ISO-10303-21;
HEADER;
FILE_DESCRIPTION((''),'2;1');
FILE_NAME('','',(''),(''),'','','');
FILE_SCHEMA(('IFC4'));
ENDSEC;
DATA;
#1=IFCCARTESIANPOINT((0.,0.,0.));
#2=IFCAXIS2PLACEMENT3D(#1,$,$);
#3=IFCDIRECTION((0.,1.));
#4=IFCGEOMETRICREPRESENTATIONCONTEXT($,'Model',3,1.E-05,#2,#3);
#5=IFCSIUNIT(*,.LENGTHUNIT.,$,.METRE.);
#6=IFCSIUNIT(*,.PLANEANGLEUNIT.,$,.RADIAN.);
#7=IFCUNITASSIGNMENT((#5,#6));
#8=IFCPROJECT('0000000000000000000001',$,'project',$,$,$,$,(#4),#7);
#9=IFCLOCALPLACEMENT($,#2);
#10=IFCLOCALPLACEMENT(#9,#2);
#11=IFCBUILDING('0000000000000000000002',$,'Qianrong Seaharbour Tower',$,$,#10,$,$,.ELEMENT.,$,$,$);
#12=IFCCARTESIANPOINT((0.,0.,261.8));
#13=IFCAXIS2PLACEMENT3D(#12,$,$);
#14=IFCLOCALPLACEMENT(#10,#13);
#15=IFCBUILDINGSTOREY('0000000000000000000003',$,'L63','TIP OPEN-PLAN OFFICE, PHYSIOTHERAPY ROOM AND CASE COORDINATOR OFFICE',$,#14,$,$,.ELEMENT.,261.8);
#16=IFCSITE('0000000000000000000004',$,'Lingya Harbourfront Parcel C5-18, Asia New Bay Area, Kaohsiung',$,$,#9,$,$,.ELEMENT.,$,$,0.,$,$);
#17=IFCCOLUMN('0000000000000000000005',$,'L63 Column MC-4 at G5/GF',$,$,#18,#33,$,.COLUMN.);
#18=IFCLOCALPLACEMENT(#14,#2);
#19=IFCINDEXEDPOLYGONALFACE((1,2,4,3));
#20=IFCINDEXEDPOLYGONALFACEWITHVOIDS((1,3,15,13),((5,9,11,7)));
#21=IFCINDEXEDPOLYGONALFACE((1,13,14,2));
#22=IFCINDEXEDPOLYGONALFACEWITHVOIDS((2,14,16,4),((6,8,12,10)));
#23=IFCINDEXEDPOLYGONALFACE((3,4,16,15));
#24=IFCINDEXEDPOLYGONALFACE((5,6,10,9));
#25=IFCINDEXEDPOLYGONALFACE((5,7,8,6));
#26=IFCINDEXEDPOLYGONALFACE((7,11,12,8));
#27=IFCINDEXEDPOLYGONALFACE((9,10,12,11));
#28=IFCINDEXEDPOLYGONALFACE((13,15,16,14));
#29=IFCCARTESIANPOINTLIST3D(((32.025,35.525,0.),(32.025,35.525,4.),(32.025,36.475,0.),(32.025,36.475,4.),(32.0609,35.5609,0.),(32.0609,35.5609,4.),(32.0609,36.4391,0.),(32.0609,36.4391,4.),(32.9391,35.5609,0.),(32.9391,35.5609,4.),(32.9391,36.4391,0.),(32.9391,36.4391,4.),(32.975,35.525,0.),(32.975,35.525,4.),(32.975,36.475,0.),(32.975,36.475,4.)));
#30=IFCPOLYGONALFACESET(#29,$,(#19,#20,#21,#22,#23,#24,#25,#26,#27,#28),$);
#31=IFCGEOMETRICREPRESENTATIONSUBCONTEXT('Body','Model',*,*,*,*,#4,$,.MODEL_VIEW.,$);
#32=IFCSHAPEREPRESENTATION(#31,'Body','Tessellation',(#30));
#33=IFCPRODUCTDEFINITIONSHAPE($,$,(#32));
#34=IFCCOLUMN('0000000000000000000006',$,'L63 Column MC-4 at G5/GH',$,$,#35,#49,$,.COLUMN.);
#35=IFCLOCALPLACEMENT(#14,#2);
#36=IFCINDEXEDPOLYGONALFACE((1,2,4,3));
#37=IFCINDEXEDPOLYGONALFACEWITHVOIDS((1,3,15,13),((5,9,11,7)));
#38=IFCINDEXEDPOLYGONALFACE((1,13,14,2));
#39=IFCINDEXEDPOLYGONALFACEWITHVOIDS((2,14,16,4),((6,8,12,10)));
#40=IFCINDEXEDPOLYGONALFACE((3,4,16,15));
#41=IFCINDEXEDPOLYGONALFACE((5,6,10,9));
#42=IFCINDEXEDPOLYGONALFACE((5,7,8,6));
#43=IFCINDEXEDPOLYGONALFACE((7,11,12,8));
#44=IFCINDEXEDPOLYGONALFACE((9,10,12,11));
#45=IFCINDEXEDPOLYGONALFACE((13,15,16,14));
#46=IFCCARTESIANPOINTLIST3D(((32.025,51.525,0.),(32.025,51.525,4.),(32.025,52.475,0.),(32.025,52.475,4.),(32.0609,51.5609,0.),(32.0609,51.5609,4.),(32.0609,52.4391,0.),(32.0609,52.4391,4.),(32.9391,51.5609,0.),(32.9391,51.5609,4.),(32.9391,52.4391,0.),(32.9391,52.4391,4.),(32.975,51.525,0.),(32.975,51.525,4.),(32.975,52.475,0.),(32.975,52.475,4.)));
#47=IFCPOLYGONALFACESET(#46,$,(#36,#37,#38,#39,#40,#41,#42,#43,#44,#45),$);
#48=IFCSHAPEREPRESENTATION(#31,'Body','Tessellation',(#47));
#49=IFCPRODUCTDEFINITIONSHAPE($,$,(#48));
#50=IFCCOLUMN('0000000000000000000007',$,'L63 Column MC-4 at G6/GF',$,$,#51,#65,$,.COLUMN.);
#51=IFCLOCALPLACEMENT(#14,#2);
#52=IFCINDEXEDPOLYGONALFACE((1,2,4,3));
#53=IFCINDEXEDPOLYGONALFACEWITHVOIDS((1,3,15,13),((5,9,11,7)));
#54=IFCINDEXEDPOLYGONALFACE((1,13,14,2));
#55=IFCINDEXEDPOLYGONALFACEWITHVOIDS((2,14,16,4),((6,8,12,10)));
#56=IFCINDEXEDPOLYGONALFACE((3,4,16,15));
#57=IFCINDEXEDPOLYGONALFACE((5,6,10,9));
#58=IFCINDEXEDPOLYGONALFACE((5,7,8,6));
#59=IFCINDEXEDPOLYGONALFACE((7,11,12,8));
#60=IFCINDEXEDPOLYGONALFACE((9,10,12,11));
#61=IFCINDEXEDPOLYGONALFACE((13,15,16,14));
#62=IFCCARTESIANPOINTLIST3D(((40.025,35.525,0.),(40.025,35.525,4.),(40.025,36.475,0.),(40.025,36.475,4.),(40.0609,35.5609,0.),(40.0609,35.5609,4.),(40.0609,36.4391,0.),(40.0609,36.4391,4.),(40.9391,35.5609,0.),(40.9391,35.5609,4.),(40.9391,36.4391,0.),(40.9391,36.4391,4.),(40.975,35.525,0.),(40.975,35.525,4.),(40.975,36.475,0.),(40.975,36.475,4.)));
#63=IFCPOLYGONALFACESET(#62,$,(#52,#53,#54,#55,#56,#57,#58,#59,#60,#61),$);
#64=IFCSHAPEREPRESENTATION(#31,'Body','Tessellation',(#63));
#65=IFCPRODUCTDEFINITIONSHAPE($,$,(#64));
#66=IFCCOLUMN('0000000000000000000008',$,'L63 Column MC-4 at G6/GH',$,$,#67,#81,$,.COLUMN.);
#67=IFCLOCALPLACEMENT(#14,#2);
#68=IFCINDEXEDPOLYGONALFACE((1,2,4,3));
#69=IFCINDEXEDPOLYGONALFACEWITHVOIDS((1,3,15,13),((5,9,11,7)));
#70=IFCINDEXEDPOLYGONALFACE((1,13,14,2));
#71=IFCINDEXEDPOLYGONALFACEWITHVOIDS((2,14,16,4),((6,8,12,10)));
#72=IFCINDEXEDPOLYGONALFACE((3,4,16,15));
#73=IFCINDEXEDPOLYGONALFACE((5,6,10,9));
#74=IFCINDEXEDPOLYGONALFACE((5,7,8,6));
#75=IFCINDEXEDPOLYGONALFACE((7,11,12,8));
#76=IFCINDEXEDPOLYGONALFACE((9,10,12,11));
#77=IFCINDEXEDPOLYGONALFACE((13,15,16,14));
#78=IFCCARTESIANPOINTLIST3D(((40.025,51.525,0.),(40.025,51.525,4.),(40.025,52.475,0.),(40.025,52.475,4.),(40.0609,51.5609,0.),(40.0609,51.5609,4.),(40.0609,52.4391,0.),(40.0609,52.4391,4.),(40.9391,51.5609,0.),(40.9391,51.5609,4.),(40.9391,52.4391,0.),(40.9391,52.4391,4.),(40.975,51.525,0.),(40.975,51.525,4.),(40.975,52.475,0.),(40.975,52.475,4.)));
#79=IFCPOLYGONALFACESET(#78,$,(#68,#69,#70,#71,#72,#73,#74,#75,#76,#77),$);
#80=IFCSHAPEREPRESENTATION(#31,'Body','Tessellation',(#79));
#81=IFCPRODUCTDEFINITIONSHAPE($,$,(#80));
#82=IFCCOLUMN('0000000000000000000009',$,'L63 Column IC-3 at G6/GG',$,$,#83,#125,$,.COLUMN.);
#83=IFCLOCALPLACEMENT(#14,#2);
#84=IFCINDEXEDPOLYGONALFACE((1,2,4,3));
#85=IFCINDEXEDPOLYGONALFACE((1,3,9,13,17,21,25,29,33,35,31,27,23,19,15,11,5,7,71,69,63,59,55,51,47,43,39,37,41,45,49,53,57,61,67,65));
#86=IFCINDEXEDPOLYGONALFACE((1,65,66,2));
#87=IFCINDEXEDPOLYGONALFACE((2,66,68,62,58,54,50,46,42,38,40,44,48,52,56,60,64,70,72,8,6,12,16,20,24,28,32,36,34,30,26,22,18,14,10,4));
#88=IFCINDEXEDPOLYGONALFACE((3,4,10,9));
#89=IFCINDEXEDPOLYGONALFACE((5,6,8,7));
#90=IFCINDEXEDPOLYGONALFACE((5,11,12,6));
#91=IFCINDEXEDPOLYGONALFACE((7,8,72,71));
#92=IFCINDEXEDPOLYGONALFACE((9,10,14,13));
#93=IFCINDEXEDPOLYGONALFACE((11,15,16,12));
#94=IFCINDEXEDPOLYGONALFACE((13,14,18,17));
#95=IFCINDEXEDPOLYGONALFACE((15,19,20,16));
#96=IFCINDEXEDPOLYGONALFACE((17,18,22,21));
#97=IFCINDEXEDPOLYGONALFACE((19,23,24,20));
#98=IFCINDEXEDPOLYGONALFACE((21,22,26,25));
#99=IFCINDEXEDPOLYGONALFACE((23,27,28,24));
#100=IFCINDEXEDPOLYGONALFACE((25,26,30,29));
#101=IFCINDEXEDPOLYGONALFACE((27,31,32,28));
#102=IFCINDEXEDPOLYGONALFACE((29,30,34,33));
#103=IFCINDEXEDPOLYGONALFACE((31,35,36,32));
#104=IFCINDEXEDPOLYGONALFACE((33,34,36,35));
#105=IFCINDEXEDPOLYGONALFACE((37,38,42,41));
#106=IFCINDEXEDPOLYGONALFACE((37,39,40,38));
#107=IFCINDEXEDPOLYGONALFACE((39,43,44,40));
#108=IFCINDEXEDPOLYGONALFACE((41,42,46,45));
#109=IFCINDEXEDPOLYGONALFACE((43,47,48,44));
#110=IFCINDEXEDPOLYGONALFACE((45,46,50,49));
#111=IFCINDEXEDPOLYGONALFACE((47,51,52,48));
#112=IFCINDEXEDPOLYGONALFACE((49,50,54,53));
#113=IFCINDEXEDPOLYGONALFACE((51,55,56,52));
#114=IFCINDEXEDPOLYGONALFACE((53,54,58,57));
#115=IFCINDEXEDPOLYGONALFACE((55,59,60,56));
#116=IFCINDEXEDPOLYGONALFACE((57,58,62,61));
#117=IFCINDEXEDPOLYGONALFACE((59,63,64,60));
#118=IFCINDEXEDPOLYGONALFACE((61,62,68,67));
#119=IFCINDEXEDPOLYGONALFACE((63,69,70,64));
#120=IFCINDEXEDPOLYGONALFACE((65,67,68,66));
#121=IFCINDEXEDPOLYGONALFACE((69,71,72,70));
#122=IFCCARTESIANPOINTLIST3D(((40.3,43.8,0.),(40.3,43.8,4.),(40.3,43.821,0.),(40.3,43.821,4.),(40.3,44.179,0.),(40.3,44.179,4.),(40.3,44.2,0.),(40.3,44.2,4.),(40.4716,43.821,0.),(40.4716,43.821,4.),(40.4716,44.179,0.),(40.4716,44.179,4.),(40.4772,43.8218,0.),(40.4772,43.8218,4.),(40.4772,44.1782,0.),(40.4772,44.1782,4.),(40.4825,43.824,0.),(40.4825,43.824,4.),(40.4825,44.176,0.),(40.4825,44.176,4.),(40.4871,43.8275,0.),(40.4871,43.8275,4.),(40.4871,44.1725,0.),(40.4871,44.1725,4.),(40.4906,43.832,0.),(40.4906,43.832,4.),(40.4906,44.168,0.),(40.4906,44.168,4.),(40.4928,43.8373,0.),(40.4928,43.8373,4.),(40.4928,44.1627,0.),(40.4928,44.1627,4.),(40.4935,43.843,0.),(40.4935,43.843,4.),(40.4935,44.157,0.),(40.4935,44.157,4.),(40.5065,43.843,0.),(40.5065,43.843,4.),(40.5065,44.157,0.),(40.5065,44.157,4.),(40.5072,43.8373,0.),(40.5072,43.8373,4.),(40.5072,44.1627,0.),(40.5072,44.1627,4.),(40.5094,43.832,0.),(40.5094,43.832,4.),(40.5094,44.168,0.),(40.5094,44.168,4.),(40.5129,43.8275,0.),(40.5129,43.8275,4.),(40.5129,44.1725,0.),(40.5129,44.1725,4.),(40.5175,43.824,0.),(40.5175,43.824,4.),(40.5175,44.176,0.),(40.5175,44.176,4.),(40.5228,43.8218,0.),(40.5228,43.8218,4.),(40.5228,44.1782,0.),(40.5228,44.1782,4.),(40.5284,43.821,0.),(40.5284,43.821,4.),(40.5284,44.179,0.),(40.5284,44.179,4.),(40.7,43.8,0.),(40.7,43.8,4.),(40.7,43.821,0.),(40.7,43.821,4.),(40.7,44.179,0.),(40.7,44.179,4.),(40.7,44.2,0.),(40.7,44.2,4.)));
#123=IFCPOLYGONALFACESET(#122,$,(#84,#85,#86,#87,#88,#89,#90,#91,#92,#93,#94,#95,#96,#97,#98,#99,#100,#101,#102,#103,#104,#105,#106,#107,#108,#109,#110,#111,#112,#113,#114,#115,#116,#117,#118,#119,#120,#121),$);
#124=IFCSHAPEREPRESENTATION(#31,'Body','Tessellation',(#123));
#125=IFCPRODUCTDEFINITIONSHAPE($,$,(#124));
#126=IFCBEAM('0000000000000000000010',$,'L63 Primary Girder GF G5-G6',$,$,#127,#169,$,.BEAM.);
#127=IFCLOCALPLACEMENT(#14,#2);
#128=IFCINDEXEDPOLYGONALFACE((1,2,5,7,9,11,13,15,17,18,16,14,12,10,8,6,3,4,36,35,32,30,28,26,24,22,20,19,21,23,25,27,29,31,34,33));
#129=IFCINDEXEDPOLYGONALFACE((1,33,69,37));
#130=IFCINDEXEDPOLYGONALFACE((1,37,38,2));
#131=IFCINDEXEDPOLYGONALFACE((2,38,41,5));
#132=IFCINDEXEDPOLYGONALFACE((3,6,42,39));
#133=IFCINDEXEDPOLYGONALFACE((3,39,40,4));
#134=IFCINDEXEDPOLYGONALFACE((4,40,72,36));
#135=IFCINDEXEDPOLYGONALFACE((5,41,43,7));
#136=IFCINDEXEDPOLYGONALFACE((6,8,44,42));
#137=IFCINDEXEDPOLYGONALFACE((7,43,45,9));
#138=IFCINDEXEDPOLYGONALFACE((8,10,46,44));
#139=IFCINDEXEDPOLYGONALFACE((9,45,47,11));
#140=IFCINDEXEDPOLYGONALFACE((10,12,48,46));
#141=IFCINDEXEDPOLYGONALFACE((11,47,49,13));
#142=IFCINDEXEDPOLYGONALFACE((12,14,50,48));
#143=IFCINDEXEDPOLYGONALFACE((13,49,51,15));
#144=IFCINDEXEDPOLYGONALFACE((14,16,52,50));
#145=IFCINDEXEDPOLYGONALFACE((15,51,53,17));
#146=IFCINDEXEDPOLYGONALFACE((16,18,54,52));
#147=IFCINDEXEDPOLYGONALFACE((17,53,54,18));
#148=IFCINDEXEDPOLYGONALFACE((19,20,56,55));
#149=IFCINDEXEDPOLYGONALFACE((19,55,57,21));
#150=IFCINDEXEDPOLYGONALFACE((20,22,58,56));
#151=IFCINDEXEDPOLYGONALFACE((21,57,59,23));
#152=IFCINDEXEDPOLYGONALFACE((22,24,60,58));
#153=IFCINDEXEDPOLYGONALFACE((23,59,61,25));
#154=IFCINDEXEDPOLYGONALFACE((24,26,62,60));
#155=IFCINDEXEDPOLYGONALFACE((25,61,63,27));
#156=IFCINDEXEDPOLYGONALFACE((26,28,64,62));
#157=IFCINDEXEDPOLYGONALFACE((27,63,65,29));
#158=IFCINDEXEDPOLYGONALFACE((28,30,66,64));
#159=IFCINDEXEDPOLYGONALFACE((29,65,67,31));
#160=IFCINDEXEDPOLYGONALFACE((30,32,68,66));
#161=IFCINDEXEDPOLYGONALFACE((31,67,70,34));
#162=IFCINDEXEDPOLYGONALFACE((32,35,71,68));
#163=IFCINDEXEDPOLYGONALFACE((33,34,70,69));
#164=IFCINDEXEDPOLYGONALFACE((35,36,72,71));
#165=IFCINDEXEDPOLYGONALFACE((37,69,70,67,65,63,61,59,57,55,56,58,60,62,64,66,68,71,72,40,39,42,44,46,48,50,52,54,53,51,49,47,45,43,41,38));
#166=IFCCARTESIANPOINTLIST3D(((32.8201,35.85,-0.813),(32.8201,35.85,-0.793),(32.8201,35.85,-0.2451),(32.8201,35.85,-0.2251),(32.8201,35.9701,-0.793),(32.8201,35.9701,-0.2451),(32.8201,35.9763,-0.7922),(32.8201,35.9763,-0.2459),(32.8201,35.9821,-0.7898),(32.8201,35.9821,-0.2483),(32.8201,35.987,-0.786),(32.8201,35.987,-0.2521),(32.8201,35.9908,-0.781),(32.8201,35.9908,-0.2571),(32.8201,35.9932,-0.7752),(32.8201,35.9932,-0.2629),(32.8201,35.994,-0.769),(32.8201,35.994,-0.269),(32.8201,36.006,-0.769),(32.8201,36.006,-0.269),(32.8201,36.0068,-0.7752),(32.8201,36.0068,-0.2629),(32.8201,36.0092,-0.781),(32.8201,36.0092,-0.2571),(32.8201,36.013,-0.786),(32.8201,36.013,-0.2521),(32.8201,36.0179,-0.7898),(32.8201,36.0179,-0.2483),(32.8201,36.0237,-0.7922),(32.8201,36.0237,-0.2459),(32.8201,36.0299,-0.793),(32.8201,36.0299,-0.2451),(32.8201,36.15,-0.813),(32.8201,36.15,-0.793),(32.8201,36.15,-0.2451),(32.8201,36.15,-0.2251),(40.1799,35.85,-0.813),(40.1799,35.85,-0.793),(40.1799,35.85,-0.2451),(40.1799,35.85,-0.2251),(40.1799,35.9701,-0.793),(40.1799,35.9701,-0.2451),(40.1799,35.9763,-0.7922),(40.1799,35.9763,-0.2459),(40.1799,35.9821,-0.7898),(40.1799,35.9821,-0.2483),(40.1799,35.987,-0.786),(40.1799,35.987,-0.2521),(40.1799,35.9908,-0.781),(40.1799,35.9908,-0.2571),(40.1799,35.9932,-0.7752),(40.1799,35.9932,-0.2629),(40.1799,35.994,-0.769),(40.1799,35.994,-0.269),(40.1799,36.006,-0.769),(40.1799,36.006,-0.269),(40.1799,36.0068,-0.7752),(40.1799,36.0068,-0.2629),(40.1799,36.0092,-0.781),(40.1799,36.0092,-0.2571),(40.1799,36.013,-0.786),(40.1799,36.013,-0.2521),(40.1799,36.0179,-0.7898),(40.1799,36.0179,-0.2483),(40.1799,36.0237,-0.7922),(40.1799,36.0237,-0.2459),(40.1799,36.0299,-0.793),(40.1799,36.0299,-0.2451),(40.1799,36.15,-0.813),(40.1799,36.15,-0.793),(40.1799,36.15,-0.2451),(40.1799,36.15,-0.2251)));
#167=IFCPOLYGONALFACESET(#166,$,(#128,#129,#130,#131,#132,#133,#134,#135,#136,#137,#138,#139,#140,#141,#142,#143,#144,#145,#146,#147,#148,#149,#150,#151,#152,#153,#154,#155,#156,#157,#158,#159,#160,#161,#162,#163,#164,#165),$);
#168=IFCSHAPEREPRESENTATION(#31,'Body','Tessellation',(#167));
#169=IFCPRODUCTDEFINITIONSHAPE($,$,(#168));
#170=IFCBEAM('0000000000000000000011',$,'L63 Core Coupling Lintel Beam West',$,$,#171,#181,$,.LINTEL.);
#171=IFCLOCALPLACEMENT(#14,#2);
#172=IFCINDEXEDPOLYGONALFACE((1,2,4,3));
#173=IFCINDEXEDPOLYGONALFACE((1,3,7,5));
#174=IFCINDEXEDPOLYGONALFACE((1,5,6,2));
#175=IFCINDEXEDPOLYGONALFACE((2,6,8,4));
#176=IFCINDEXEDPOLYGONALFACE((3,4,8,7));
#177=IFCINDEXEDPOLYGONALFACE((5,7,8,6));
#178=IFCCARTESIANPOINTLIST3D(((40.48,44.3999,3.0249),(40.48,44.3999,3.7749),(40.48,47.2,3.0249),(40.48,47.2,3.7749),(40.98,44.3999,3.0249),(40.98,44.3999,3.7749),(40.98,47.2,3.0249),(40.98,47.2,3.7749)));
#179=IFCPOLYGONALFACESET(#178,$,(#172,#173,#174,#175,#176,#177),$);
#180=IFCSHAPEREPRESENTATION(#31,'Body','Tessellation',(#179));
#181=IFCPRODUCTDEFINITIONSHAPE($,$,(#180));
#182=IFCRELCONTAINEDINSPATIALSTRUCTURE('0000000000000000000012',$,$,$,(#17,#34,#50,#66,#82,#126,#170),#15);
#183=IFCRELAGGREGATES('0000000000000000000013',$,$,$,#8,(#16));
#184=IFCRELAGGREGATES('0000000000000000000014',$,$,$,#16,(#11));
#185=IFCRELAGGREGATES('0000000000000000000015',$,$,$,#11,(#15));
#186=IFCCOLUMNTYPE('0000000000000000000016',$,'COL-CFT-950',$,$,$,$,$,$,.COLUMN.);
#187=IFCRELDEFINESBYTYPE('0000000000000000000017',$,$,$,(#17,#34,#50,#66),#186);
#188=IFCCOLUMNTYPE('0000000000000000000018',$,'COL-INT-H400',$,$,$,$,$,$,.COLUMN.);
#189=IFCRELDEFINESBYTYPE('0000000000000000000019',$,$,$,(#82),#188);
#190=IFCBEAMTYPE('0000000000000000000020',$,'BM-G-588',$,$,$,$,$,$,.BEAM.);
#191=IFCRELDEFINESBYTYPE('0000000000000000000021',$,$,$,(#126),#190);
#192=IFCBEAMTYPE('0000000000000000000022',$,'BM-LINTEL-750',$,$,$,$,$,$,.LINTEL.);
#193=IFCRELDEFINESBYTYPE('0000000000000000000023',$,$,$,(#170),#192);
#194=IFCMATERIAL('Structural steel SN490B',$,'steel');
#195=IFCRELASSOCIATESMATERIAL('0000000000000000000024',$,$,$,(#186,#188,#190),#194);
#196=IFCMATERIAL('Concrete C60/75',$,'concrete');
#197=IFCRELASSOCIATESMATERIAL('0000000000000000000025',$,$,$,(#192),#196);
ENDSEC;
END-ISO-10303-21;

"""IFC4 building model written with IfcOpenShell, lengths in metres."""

from ifc_helpers import new_model, si_unit, direction, frame, origin, origin_2d, place, context, subcontext, project, spatial, rectangle, hollow_rectangle, i_section, extrude, material, material_profile, profile_set, type_object, element, save


model = new_model("IFC4")

# Units and contexts
model_context = context("Model", 3, precision=1e-05, world=origin(), true_north=direction((0.0, 1.0)))
body_context = subcontext(model_context, "Body", "Model", "MODEL_VIEW")
ifc_project = project(units=[si_unit("LENGTHUNIT", "METRE"), si_unit("PLANEANGLEUNIT", "RADIAN")], contexts=[model_context])

# Site, building, storey
site_placement = place(None, origin())
site = spatial("IfcSite", under=ifc_project, at=site_placement, Name="Lingya Harbourfront Parcel C5-18, Asia New Bay Area, Kaohsiung", CompositionType="ELEMENT", RefElevation=0.0)
building_placement = place(site_placement, origin())
building = spatial("IfcBuilding", under=site, at=building_placement, Name="Qianrong Seaharbour Tower", CompositionType="ELEMENT")
storey_placement = place(building_placement, frame((0.0, 0.0, 261.8)))
storey = spatial("IfcBuildingStorey", under=building, at=storey_placement, Name="L63", Description="TIP OPEN-PLAN OFFICE, PHYSIOTHERAPY ROOM AND CASE COORDINATOR OFFICE", CompositionType="ELEMENT", Elevation=261.8)

# Columns
ifc_material_1 = material(Name="Structural steel SN490B", Category="steel")
ifc_material_profile_1 = material_profile(ifc_material_1, hollow_rectangle(XDim=0.95, YDim=0.95, WallThickness=0.0359, at=origin_2d()), Name="BOX950x950x36")
ifc_profile_set_1 = profile_set([ifc_material_profile_1], Name="Structural steel SN490B")
column_type_1 = type_object("IfcColumnType", Name="COL-CFT-950", PredefinedType="COLUMN", material=ifc_profile_set_1)
for number, where, z_axis, x_axis, name in (
    (1, (32.5, 36.0, 0.0), (0.0, 0.0, 1.0), (1.0, 0.0, 0.0), "L63 Column MC-4 at G5/GF"),
    (2, (32.5, 52.0, 0.0), (0.0, 0.0, 1.0), (1.0, 0.0, 0.0), "L63 Column MC-4 at G5/GH"),
    (3, (40.5, 36.0, 0.0), (0.0, 0.0, 1.0), (1.0, 0.0, 0.0), "L63 Column MC-4 at G6/GF"),
    (4, (40.5, 52.0, 0.0), (0.0, 0.0, 1.0), (1.0, 0.0, 0.0), "L63 Column MC-4 at G6/GH"),
):
    element("IfcColumn", number, at=place(storey_placement, frame(where, z_axis=z_axis, x_axis=x_axis)), inside=storey, type_object=column_type_1, Name=name, PredefinedType="COLUMN", context=body_context, shape_type="SweptSolid", body=[
        extrude(hollow_rectangle(XDim=0.95, YDim=0.95, WallThickness=0.0359, at=origin_2d()), origin(), (0.0, 0.0, 1.0), 4.0),
    ])
ifc_material_profile_2 = material_profile(ifc_material_1, i_section(OverallWidth=0.3999, OverallDepth=0.3999, WebThickness=0.0129, FlangeThickness=0.021, FilletRadius=0.022, at=origin_2d()), Name="H400x400x13x21")
ifc_profile_set_2 = profile_set([ifc_material_profile_2], Name="Structural steel SN490B")
column_type_2 = type_object("IfcColumnType", Name="COL-INT-H400", PredefinedType="COLUMN", material=ifc_profile_set_2)
column_placement = place(storey_placement, frame((40.5, 44.0, 0.0), z_axis=(0.0, 0.0, 1.0), x_axis=(1.0, 0.0, 0.0)))
element("IfcColumn", 5, at=column_placement, inside=storey, type_object=column_type_2, Name="L63 Column IC-3 at G6/GG", PredefinedType="COLUMN", context=body_context, shape_type="SweptSolid", body=[
    extrude(i_section(OverallWidth=0.3999, OverallDepth=0.3999, WebThickness=0.0129, FlangeThickness=0.021, FilletRadius=0.022, at=origin_2d()), origin(), (0.0, 0.0, 1.0), 4.0),
])

# Beams
ifc_material_profile_3 = material_profile(ifc_material_1, i_section(OverallWidth=0.3, OverallDepth=0.5879, WebThickness=0.012, FlangeThickness=0.02, FilletRadius=0.0239, at=origin_2d()), Name="H588x300x12x20")
ifc_profile_set_3 = profile_set([ifc_material_profile_3], Name="Structural steel SN490B")
beam_type_1 = type_object("IfcBeamType", Name="BM-G-588", PredefinedType="BEAM", material=ifc_profile_set_3)
beam_1_placement = place(storey_placement, frame((32.8201, 36.0, -0.519), z_axis=(1.0, 0.0, 0.0), x_axis=(0.0, 1.0, 0.0)))
element("IfcBeam", 6, at=beam_1_placement, inside=storey, type_object=beam_type_1, Name="L63 Primary Girder GF G5-G6", PredefinedType="BEAM", context=body_context, shape_type="SweptSolid", body=[
    extrude(i_section(OverallWidth=0.3, OverallDepth=0.5879, WebThickness=0.012, FlangeThickness=0.02, FilletRadius=0.0239, at=origin_2d()), origin(), (0.0, 0.0, 1.0), 7.3599),
])
ifc_material_2 = material(Name="Concrete C60/75", Category="concrete")
ifc_material_profile_4 = material_profile(ifc_material_2, rectangle(XDim=0.5, YDim=0.75, at=origin_2d()), Name="RC500x750")
ifc_profile_set_4 = profile_set([ifc_material_profile_4], Name="Concrete C60/75")
beam_type_2 = type_object("IfcBeamType", Name="BM-LINTEL-750", PredefinedType="LINTEL", material=ifc_profile_set_4)
beam_2_placement = place(storey_placement, frame((40.73, 44.3999, 3.3999), z_axis=(0.0, 1.0, 0.0), x_axis=(-1.0, 0.0, 0.0)))
element("IfcBeam", 7, at=beam_2_placement, inside=storey, type_object=beam_type_2, Name="L63 Core Coupling Lintel Beam West", PredefinedType="LINTEL", context=body_context, shape_type="SweptSolid", body=[
    extrude(rectangle(XDim=0.5, YDim=0.75, at=origin_2d()), origin(), (0.0, 0.0, 1.0), 2.8),
])

save(model, "model.ifc")
